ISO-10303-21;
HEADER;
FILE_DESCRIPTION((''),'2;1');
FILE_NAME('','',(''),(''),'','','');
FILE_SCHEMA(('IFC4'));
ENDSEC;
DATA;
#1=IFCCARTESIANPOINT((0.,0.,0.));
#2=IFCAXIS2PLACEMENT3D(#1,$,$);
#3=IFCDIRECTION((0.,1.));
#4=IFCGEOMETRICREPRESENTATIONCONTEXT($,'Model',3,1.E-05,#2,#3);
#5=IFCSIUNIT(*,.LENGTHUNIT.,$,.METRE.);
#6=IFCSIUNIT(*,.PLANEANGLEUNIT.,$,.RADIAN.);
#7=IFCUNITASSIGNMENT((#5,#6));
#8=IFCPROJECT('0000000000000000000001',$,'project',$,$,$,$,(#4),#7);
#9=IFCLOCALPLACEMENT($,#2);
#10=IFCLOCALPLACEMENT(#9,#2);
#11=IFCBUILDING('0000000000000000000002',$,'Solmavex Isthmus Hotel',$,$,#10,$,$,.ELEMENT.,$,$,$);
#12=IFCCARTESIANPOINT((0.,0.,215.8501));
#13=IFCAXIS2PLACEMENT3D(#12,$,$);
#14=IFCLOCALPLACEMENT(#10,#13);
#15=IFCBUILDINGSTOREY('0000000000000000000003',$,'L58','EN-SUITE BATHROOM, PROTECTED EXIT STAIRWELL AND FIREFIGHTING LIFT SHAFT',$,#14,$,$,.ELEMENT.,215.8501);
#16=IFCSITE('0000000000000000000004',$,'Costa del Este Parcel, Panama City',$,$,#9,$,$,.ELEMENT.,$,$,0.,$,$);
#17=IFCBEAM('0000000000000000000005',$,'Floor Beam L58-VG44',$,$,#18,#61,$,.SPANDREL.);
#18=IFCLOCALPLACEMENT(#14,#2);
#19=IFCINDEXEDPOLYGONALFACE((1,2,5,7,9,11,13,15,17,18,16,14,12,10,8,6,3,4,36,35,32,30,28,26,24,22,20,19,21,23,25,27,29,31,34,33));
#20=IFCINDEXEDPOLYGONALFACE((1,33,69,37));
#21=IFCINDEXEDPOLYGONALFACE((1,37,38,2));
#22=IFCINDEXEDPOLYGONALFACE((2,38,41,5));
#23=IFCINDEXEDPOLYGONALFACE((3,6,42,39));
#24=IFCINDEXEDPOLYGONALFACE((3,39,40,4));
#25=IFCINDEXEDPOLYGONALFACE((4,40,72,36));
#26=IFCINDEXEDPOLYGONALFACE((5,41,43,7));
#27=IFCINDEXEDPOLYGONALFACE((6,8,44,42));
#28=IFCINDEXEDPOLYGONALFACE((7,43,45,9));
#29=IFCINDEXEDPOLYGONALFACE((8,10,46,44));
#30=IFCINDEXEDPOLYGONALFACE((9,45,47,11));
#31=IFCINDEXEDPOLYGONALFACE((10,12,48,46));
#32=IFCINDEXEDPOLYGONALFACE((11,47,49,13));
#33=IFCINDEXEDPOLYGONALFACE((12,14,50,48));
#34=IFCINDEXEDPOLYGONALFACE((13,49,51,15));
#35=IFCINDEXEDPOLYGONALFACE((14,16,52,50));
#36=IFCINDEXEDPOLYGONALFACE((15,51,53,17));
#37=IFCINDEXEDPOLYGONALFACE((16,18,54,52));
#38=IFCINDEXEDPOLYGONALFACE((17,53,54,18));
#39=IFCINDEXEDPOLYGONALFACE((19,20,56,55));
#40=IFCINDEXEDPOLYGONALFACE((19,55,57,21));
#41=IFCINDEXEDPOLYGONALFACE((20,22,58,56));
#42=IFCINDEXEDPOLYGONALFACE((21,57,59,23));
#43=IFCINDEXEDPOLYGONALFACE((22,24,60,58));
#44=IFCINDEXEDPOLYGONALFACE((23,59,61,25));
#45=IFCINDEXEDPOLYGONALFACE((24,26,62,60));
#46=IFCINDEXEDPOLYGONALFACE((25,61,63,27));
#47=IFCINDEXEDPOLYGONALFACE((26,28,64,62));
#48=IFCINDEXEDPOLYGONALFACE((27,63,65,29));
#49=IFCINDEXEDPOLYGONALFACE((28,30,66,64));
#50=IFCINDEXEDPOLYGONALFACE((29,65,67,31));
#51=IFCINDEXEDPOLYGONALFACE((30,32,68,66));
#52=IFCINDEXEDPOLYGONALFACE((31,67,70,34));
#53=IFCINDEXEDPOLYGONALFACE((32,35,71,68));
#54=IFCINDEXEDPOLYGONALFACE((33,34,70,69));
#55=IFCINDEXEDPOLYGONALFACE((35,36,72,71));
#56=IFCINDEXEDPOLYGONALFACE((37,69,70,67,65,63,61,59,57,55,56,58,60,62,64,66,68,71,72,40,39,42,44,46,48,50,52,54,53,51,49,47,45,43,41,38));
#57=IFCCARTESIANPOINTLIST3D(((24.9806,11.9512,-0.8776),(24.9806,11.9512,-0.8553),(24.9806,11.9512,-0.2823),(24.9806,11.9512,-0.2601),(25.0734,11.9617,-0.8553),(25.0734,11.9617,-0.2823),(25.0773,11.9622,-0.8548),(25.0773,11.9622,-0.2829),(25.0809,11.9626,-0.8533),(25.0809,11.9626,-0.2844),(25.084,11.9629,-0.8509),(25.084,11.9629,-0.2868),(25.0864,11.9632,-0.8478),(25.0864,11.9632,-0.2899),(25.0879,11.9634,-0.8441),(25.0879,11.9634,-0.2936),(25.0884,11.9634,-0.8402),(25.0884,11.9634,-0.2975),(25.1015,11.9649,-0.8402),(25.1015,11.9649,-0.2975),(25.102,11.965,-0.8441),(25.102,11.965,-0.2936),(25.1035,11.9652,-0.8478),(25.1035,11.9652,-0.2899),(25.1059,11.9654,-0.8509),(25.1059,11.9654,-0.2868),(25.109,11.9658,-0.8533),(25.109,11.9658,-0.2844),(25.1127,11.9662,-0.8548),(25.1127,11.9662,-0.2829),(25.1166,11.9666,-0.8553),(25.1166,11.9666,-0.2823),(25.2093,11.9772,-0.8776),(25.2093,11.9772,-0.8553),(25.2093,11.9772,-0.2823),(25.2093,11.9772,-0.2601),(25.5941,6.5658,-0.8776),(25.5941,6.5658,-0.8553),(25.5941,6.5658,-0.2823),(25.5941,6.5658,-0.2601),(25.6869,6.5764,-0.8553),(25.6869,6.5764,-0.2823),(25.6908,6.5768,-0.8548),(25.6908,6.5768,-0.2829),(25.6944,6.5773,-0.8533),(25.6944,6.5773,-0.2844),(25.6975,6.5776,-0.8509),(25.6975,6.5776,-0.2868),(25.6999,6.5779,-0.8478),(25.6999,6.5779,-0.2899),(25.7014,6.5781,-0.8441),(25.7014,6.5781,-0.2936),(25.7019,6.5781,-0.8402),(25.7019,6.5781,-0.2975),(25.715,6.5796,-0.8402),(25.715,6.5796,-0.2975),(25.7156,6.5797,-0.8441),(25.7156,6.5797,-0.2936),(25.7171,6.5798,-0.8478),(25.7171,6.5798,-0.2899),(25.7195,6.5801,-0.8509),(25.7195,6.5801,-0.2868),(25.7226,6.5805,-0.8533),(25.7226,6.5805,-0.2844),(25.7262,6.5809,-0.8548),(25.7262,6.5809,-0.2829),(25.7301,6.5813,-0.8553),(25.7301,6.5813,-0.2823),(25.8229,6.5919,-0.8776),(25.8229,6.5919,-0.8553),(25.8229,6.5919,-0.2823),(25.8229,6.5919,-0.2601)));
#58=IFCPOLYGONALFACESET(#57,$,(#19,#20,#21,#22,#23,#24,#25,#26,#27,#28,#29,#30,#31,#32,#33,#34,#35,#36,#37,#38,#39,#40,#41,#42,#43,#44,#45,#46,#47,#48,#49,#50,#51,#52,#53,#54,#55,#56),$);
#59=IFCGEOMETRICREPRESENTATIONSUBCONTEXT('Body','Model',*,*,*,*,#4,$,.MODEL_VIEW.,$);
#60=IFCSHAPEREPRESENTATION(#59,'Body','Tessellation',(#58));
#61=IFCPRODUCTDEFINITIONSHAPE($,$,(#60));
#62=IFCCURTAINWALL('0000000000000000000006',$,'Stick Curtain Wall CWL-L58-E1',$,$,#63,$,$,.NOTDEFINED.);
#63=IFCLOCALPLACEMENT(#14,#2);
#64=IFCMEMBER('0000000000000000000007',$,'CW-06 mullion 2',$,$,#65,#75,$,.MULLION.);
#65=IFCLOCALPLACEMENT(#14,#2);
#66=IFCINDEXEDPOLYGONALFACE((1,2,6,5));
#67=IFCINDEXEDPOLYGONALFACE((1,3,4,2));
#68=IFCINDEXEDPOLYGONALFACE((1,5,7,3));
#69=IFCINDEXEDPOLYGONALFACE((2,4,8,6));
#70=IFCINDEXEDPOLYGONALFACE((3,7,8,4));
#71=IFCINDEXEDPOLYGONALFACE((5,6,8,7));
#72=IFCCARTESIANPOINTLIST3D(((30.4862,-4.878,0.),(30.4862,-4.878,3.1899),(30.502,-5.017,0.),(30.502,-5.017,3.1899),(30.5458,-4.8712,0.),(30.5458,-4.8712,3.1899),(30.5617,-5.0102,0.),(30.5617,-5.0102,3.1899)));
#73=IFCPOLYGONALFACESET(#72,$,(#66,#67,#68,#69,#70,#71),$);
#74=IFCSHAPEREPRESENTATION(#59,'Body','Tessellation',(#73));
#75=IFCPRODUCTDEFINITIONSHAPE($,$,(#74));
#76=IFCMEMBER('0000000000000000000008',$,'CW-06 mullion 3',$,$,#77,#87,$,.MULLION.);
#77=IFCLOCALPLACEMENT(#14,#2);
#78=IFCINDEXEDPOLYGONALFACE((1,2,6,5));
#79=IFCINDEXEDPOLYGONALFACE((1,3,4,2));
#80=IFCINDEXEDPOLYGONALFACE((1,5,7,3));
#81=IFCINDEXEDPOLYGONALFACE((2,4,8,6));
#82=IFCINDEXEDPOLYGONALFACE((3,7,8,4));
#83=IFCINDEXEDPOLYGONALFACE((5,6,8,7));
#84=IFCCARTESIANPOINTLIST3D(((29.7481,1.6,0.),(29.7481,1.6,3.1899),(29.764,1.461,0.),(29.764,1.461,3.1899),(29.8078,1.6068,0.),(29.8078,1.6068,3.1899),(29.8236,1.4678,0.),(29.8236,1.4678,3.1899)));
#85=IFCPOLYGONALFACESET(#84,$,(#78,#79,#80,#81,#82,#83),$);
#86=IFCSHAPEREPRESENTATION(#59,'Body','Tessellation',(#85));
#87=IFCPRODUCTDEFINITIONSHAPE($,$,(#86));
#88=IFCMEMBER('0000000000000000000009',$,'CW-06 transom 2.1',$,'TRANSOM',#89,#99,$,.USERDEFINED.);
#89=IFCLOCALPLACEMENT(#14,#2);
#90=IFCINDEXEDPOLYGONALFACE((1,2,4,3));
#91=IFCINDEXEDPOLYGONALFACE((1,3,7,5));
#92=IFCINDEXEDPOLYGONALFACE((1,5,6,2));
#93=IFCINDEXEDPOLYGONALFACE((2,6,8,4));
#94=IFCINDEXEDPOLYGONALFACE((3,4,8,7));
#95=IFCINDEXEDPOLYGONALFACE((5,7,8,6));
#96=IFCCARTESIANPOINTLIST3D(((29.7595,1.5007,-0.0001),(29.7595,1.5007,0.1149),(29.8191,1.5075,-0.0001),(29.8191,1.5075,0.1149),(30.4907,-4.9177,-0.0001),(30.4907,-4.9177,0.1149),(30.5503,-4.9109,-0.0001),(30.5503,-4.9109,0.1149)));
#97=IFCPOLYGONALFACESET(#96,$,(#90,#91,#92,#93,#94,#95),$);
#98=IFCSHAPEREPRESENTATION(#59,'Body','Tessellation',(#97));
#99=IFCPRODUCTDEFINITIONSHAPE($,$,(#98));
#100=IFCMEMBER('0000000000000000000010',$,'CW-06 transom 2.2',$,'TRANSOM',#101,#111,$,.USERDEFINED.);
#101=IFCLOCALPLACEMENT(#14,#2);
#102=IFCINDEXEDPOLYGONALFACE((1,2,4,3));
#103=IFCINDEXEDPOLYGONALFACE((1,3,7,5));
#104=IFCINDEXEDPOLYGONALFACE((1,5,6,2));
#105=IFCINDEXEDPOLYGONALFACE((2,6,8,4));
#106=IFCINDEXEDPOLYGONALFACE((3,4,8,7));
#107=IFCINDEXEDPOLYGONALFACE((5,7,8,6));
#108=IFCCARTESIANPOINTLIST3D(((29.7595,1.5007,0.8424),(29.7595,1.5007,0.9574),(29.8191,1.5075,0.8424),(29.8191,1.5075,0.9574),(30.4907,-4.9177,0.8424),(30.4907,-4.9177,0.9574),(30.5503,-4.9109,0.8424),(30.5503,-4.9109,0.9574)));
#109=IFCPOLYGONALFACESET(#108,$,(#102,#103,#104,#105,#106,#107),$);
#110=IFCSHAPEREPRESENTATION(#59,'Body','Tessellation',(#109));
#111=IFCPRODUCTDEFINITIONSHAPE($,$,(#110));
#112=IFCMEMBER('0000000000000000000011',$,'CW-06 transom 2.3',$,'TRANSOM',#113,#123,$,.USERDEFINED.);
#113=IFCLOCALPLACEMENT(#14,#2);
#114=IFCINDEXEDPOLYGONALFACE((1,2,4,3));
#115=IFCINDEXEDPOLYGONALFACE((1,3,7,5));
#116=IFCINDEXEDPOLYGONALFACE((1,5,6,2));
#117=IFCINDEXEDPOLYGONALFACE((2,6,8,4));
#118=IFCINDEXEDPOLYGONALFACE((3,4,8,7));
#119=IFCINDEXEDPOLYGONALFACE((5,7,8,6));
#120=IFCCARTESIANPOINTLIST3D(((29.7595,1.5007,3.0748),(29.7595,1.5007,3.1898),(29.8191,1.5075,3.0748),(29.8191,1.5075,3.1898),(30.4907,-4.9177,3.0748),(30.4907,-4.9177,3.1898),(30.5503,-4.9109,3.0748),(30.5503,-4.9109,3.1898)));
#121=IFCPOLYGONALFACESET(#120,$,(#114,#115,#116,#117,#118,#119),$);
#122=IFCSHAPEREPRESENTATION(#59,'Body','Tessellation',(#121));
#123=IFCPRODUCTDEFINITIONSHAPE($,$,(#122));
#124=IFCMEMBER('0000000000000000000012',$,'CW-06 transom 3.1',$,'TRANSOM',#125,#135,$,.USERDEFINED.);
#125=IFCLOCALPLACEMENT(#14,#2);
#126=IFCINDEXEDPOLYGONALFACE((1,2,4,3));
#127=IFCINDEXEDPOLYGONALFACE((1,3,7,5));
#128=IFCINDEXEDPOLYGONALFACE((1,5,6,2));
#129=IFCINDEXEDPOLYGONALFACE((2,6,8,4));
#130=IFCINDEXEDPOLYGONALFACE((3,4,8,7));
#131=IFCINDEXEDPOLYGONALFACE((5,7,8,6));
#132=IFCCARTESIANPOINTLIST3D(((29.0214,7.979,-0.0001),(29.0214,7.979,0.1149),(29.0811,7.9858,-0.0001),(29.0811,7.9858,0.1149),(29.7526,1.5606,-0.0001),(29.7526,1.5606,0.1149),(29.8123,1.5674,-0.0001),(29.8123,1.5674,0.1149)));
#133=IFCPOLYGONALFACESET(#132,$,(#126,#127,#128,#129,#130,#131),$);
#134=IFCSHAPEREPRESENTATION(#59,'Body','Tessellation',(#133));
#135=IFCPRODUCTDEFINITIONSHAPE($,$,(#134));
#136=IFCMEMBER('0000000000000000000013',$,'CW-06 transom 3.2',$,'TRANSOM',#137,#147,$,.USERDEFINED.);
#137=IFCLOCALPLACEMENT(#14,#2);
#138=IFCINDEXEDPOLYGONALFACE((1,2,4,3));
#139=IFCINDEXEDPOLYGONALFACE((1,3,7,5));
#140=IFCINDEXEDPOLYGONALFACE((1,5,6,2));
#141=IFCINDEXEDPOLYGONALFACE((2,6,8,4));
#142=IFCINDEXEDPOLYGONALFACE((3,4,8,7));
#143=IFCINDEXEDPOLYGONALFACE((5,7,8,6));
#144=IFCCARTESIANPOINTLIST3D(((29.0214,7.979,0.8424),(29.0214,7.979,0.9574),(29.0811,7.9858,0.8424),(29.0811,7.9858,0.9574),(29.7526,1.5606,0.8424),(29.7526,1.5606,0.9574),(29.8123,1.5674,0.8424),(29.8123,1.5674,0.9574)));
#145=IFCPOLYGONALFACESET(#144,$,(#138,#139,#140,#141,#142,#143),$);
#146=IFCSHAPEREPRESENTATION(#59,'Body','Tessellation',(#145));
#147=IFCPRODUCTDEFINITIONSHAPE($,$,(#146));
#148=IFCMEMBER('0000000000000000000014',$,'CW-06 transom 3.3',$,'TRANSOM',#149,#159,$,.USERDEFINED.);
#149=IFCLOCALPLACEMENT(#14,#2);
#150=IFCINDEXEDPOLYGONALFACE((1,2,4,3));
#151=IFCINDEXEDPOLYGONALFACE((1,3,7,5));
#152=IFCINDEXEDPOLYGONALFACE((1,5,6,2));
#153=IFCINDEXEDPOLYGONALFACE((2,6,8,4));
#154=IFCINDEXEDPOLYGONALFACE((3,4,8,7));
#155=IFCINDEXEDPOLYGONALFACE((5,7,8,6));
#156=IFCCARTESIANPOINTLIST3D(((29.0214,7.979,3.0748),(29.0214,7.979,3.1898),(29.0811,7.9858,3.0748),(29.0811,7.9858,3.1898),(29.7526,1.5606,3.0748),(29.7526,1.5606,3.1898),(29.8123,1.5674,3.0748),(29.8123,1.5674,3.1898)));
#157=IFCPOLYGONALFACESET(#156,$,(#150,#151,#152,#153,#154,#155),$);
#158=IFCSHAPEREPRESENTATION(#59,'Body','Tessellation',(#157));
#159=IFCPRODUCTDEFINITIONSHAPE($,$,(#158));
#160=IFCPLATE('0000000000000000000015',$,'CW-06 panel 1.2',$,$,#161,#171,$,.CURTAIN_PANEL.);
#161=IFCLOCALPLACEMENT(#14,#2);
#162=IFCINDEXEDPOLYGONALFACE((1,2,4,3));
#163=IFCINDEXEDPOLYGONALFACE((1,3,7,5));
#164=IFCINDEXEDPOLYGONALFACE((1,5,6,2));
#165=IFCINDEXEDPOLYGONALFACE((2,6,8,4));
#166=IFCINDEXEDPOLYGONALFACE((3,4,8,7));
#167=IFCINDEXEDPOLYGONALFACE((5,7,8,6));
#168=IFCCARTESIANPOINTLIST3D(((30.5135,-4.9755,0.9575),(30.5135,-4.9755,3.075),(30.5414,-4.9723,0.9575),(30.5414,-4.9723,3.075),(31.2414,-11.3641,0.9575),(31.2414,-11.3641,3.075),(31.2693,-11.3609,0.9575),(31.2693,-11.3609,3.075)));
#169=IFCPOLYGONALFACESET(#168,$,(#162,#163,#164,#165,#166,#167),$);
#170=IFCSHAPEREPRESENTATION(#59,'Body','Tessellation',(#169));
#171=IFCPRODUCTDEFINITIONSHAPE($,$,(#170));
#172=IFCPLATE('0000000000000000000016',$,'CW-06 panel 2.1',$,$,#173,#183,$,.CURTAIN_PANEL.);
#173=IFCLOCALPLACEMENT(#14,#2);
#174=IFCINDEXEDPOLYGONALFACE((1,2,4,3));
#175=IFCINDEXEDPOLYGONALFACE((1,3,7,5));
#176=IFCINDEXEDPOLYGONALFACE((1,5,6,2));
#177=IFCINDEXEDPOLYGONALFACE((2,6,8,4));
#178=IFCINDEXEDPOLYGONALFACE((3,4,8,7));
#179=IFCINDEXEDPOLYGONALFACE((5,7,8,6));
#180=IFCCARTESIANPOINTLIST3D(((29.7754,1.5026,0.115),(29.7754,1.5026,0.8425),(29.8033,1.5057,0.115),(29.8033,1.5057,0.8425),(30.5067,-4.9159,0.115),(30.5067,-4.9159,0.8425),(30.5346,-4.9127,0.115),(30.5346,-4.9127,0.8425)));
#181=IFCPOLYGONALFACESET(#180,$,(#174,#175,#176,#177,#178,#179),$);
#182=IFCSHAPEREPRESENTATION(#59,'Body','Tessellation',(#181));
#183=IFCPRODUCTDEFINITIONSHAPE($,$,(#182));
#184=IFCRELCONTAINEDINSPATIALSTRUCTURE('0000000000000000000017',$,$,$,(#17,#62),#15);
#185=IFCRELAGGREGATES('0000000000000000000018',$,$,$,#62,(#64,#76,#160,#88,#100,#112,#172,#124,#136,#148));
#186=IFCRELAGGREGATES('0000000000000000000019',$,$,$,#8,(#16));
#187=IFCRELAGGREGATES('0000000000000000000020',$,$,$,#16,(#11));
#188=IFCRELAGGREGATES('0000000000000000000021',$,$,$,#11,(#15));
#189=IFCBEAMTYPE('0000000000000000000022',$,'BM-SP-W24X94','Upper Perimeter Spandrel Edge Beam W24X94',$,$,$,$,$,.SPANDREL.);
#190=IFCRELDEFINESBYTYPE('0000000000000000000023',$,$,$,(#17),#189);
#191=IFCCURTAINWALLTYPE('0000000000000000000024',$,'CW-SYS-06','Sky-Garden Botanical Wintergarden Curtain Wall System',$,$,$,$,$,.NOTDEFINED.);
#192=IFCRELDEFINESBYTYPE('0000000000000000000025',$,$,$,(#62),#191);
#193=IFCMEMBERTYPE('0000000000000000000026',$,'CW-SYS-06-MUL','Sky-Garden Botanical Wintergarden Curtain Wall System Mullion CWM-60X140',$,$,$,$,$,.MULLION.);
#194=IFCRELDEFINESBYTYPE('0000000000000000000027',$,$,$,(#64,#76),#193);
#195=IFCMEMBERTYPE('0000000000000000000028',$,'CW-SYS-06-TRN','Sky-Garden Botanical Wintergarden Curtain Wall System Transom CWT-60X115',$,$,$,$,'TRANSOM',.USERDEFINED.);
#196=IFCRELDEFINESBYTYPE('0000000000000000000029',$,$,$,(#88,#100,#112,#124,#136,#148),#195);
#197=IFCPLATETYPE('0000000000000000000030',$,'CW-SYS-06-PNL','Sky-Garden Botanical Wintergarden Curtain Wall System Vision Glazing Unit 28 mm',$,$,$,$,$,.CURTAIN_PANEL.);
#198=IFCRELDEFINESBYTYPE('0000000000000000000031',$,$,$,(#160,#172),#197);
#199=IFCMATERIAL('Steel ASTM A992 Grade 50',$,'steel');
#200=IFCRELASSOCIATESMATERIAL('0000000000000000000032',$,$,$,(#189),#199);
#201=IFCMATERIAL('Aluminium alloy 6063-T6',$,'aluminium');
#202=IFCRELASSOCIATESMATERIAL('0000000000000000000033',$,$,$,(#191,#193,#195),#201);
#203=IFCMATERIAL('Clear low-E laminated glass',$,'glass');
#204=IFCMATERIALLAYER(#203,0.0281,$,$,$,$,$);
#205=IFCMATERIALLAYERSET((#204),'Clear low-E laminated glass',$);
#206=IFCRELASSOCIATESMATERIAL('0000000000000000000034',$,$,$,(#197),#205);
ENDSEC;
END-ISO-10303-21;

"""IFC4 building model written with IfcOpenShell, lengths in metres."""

from ifc_helpers import new_model, si_unit, direction, frame, origin, origin_2d, place, context, subcontext, project, spatial, rectangle, i_section, extrude, material, layer, layer_set, material_profile, profile_set, type_object, element, aggregate, save


model = new_model("IFC4")

# Units and contexts
model_context = context("Model", 3, precision=1e-05, world=origin(), true_north=direction((0.0, 1.0)))
body_context = subcontext(model_context, "Body", "Model", "MODEL_VIEW")
ifc_project = project(units=[si_unit("LENGTHUNIT", "METRE"), si_unit("PLANEANGLEUNIT", "RADIAN")], contexts=[model_context])

# Site, building, storey
site_placement = place(None, origin())
site = spatial("IfcSite", under=ifc_project, at=site_placement, Name="Costa del Este Parcel, Panama City", CompositionType="ELEMENT", RefElevation=0.0)
building_placement = place(site_placement, origin())
building = spatial("IfcBuilding", under=site, at=building_placement, Name="Solmavex Isthmus Hotel", CompositionType="ELEMENT")
storey_placement = place(building_placement, frame((0.0, 0.0, 215.8501)))
storey = spatial("IfcBuildingStorey", under=building, at=storey_placement, Name="L58", Description="EN-SUITE BATHROOM, PROTECTED EXIT STAIRWELL AND FIREFIGHTING LIFT SHAFT", CompositionType="ELEMENT", Elevation=215.8501)

# Beam
ifc_material_1 = material(Name="Steel ASTM A992 Grade 50", Category="steel")
ifc_material_profile_1 = material_profile(ifc_material_1, i_section(OverallWidth=0.2302, OverallDepth=0.6174, WebThickness=0.0132, FlangeThickness=0.0222, FilletRadius=0.0151, at=origin_2d()), Name="W24X94")
ifc_profile_set_1 = profile_set([ifc_material_profile_1], Name="Steel ASTM A992 Grade 50")
beam_type_1 = type_object("IfcBeamType", Name="BM-SP-W24X94", Description="Upper Perimeter Spandrel Edge Beam W24X94", PredefinedType="SPANDREL", material=ifc_profile_set_1)
beam_1_placement = place(storey_placement, frame((25.7085, 6.5789, -0.5688), z_axis=(-0.113195, 0.993573, 0.0), x_axis=(-0.993573, -0.113195, 0.0)))
element("IfcBeam", 1, at=beam_1_placement, inside=storey, type_object=beam_type_1, Name="Floor Beam L58-VG44", PredefinedType="SPANDREL", context=body_context, shape_type="SweptSolid", body=[
    extrude(i_section(OverallWidth=0.2302, OverallDepth=0.6174, WebThickness=0.0132, FlangeThickness=0.0222, FilletRadius=0.0151, at=origin_2d()), origin(), (0.0, 0.0, 1.0), 5.4202),
])

# Curtain wall, members, plates
ifc_material_2 = material(Name="Aluminium alloy 6063-T6", Category="aluminium")
curtain_wall_type = type_object("IfcCurtainWallType", Name="CW-SYS-06", Description="Sky-Garden Botanical Wintergarden Curtain Wall System", PredefinedType="NOTDEFINED", material=ifc_material_2)
curtain_wall_placement = place(storey_placement, origin())
curtain_wall = element("IfcCurtainWall", 2, at=curtain_wall_placement, inside=storey, type_object=curtain_wall_type, Name="Stick Curtain Wall CWL-L58-E1", PredefinedType="NOTDEFINED")
ifc_material_profile_2 = material_profile(ifc_material_2, rectangle(XDim=0.0601, YDim=0.1399, at=origin_2d()), Name="CWM-60X140")
ifc_profile_set_2 = profile_set([ifc_material_profile_2], Name="Aluminium alloy 6063-T6")
member_type_1 = type_object("IfcMemberType", Name="CW-SYS-06-MUL", Description="Sky-Garden Botanical Wintergarden Curtain Wall System Mullion CWM-60X140", PredefinedType="MULLION", material=ifc_profile_set_2)
member_1_placement = place(storey_placement, frame((30.5239, -4.9441, 0.0), z_axis=(0.0, 0.0, 1.0), x_axis=(-0.993572, -0.113203, 0.0)))
member_1 = element("IfcMember", 3, at=member_1_placement, type_object=member_type_1, Name="CW-06 mullion 2", PredefinedType="MULLION", context=body_context, shape_type="SweptSolid", body=[
    extrude(rectangle(XDim=0.0601, YDim=0.1399, at=origin_2d()), origin(), (0.0, 0.0, 1.0), 3.1899),
])
member_2_placement = place(storey_placement, frame((29.7859, 1.5339, 0.0), z_axis=(0.0, 0.0, 1.0), x_axis=(-0.993572, -0.113203, 0.0)))
member_2 = element("IfcMember", 4, at=member_2_placement, type_object=member_type_1, Name="CW-06 mullion 3", PredefinedType="MULLION", context=body_context, shape_type="SweptSolid", body=[
    extrude(rectangle(XDim=0.0601, YDim=0.1399, at=origin_2d()), origin(), (0.0, 0.0, 1.0), 3.1899),
])
ifc_material_profile_3 = material_profile(ifc_material_2, rectangle(XDim=0.0601, YDim=0.115, at=origin_2d()), Name="CWT-60X115")
ifc_profile_set_3 = profile_set([ifc_material_profile_3], Name="Aluminium alloy 6063-T6")
member_type_2 = type_object("IfcMemberType", Name="CW-SYS-06-TRN", Description="Sky-Garden Botanical Wintergarden Curtain Wall System Transom CWT-60X115", ElementType="TRANSOM", PredefinedType="USERDEFINED", material=ifc_profile_set_3)
member_3_placement = place(storey_placement, frame((30.5205, -4.9143, 0.0574), z_axis=(-0.11319, 0.993573, 0.0), x_axis=(-0.993573, -0.11319, 0.0)))
member_3 = element("IfcMember", 5, at=member_3_placement, type_object=member_type_2, Name="CW-06 transom 2.1", ObjectType="TRANSOM", PredefinedType="USERDEFINED", context=body_context, shape_type="SweptSolid", body=[
    extrude(rectangle(XDim=0.0601, YDim=0.115, at=origin_2d()), origin(), (0.0, 0.0, 1.0), 6.46),
])
member_4_placement = place(storey_placement, frame((30.5205, -4.9143, 0.8999), z_axis=(-0.11319, 0.993573, 0.0), x_axis=(-0.993573, -0.11319, 0.0)))
member_4 = element("IfcMember", 6, at=member_4_placement, type_object=member_type_2, Name="CW-06 transom 2.2", ObjectType="TRANSOM", PredefinedType="USERDEFINED", context=body_context, shape_type="SweptSolid", body=[
    extrude(rectangle(XDim=0.0601, YDim=0.115, at=origin_2d()), origin(), (0.0, 0.0, 1.0), 6.46),
])
member_5_placement = place(storey_placement, frame((30.5205, -4.9143, 3.1323), z_axis=(-0.11319, 0.993573, 0.0), x_axis=(-0.993573, -0.11319, 0.0)))
member_5 = element("IfcMember", 7, at=member_5_placement, type_object=member_type_2, Name="CW-06 transom 2.3", ObjectType="TRANSOM", PredefinedType="USERDEFINED", context=body_context, shape_type="SweptSolid", body=[
    extrude(rectangle(XDim=0.0601, YDim=0.115, at=origin_2d()), origin(), (0.0, 0.0, 1.0), 6.46),
])
member_6_placement = place(storey_placement, frame((29.7825, 1.564, 0.0574), z_axis=(-0.11319, 0.993573, 0.0), x_axis=(-0.993573, -0.11319, 0.0)))
member_6 = element("IfcMember", 8, at=member_6_placement, type_object=member_type_2, Name="CW-06 transom 3.1", ObjectType="TRANSOM", PredefinedType="USERDEFINED", context=body_context, shape_type="SweptSolid", body=[
    extrude(rectangle(XDim=0.0601, YDim=0.115, at=origin_2d()), origin(), (0.0, 0.0, 1.0), 6.46),
])
member_7_placement = place(storey_placement, frame((29.7825, 1.564, 0.8999), z_axis=(-0.11319, 0.993573, 0.0), x_axis=(-0.993573, -0.11319, 0.0)))
member_7 = element("IfcMember", 9, at=member_7_placement, type_object=member_type_2, Name="CW-06 transom 3.2", ObjectType="TRANSOM", PredefinedType="USERDEFINED", context=body_context, shape_type="SweptSolid", body=[
    extrude(rectangle(XDim=0.0601, YDim=0.115, at=origin_2d()), origin(), (0.0, 0.0, 1.0), 6.46),
])
member_8_placement = place(storey_placement, frame((29.7825, 1.564, 3.1323), z_axis=(-0.11319, 0.993573, 0.0), x_axis=(-0.993573, -0.11319, 0.0)))
member_8 = element("IfcMember", 10, at=member_8_placement, type_object=member_type_2, Name="CW-06 transom 3.3", ObjectType="TRANSOM", PredefinedType="USERDEFINED", context=body_context, shape_type="SweptSolid", body=[
    extrude(rectangle(XDim=0.0601, YDim=0.115, at=origin_2d()), origin(), (0.0, 0.0, 1.0), 6.46),
])
ifc_material_3 = material(Name="Clear low-E laminated glass", Category="glass")
ifc_layer_1 = layer(ifc_material_3, 0.0281)
ifc_layer_set_1 = layer_set([ifc_layer_1], Name="Clear low-E laminated glass")
plate_type = type_object("IfcPlateType", Name="CW-SYS-06-PNL", Description="Sky-Garden Botanical Wintergarden Curtain Wall System Vision Glazing Unit 28 mm", PredefinedType="CURTAIN_PANEL", material=ifc_layer_set_1)
plate_1_placement = place(storey_placement, frame((30.8914, -8.1682, 0.9575), z_axis=(0.0, 0.0, 1.0), x_axis=(-0.113203, 0.993572, 0.0)))
plate_1 = element("IfcPlate", 11, at=plate_1_placement, type_object=plate_type, Name="CW-06 panel 1.2", PredefinedType="CURTAIN_PANEL", context=body_context, shape_type="SweptSolid", body=[
    extrude(rectangle(XDim=6.4299, YDim=0.0281, at=origin_2d()), origin(), (0.0, 0.0, 1.0), 2.1174),
])
plate_2_placement = place(storey_placement, frame((30.155, -1.7051, 0.115), z_axis=(0.0, 0.0, 1.0), x_axis=(-0.113203, 0.993572, 0.0)))
plate_2 = element("IfcPlate", 12, at=plate_2_placement, type_object=plate_type, Name="CW-06 panel 2.1", PredefinedType="CURTAIN_PANEL", context=body_context, shape_type="SweptSolid", body=[
    extrude(rectangle(XDim=6.46, YDim=0.0281, at=origin_2d()), origin(), (0.0, 0.0, 1.0), 0.7275),
])
aggregate(curtain_wall, [member_1, member_2, plate_1, member_3, member_4, member_5, plate_2, member_6, member_7, member_8])

save(model, "model.ifc")
